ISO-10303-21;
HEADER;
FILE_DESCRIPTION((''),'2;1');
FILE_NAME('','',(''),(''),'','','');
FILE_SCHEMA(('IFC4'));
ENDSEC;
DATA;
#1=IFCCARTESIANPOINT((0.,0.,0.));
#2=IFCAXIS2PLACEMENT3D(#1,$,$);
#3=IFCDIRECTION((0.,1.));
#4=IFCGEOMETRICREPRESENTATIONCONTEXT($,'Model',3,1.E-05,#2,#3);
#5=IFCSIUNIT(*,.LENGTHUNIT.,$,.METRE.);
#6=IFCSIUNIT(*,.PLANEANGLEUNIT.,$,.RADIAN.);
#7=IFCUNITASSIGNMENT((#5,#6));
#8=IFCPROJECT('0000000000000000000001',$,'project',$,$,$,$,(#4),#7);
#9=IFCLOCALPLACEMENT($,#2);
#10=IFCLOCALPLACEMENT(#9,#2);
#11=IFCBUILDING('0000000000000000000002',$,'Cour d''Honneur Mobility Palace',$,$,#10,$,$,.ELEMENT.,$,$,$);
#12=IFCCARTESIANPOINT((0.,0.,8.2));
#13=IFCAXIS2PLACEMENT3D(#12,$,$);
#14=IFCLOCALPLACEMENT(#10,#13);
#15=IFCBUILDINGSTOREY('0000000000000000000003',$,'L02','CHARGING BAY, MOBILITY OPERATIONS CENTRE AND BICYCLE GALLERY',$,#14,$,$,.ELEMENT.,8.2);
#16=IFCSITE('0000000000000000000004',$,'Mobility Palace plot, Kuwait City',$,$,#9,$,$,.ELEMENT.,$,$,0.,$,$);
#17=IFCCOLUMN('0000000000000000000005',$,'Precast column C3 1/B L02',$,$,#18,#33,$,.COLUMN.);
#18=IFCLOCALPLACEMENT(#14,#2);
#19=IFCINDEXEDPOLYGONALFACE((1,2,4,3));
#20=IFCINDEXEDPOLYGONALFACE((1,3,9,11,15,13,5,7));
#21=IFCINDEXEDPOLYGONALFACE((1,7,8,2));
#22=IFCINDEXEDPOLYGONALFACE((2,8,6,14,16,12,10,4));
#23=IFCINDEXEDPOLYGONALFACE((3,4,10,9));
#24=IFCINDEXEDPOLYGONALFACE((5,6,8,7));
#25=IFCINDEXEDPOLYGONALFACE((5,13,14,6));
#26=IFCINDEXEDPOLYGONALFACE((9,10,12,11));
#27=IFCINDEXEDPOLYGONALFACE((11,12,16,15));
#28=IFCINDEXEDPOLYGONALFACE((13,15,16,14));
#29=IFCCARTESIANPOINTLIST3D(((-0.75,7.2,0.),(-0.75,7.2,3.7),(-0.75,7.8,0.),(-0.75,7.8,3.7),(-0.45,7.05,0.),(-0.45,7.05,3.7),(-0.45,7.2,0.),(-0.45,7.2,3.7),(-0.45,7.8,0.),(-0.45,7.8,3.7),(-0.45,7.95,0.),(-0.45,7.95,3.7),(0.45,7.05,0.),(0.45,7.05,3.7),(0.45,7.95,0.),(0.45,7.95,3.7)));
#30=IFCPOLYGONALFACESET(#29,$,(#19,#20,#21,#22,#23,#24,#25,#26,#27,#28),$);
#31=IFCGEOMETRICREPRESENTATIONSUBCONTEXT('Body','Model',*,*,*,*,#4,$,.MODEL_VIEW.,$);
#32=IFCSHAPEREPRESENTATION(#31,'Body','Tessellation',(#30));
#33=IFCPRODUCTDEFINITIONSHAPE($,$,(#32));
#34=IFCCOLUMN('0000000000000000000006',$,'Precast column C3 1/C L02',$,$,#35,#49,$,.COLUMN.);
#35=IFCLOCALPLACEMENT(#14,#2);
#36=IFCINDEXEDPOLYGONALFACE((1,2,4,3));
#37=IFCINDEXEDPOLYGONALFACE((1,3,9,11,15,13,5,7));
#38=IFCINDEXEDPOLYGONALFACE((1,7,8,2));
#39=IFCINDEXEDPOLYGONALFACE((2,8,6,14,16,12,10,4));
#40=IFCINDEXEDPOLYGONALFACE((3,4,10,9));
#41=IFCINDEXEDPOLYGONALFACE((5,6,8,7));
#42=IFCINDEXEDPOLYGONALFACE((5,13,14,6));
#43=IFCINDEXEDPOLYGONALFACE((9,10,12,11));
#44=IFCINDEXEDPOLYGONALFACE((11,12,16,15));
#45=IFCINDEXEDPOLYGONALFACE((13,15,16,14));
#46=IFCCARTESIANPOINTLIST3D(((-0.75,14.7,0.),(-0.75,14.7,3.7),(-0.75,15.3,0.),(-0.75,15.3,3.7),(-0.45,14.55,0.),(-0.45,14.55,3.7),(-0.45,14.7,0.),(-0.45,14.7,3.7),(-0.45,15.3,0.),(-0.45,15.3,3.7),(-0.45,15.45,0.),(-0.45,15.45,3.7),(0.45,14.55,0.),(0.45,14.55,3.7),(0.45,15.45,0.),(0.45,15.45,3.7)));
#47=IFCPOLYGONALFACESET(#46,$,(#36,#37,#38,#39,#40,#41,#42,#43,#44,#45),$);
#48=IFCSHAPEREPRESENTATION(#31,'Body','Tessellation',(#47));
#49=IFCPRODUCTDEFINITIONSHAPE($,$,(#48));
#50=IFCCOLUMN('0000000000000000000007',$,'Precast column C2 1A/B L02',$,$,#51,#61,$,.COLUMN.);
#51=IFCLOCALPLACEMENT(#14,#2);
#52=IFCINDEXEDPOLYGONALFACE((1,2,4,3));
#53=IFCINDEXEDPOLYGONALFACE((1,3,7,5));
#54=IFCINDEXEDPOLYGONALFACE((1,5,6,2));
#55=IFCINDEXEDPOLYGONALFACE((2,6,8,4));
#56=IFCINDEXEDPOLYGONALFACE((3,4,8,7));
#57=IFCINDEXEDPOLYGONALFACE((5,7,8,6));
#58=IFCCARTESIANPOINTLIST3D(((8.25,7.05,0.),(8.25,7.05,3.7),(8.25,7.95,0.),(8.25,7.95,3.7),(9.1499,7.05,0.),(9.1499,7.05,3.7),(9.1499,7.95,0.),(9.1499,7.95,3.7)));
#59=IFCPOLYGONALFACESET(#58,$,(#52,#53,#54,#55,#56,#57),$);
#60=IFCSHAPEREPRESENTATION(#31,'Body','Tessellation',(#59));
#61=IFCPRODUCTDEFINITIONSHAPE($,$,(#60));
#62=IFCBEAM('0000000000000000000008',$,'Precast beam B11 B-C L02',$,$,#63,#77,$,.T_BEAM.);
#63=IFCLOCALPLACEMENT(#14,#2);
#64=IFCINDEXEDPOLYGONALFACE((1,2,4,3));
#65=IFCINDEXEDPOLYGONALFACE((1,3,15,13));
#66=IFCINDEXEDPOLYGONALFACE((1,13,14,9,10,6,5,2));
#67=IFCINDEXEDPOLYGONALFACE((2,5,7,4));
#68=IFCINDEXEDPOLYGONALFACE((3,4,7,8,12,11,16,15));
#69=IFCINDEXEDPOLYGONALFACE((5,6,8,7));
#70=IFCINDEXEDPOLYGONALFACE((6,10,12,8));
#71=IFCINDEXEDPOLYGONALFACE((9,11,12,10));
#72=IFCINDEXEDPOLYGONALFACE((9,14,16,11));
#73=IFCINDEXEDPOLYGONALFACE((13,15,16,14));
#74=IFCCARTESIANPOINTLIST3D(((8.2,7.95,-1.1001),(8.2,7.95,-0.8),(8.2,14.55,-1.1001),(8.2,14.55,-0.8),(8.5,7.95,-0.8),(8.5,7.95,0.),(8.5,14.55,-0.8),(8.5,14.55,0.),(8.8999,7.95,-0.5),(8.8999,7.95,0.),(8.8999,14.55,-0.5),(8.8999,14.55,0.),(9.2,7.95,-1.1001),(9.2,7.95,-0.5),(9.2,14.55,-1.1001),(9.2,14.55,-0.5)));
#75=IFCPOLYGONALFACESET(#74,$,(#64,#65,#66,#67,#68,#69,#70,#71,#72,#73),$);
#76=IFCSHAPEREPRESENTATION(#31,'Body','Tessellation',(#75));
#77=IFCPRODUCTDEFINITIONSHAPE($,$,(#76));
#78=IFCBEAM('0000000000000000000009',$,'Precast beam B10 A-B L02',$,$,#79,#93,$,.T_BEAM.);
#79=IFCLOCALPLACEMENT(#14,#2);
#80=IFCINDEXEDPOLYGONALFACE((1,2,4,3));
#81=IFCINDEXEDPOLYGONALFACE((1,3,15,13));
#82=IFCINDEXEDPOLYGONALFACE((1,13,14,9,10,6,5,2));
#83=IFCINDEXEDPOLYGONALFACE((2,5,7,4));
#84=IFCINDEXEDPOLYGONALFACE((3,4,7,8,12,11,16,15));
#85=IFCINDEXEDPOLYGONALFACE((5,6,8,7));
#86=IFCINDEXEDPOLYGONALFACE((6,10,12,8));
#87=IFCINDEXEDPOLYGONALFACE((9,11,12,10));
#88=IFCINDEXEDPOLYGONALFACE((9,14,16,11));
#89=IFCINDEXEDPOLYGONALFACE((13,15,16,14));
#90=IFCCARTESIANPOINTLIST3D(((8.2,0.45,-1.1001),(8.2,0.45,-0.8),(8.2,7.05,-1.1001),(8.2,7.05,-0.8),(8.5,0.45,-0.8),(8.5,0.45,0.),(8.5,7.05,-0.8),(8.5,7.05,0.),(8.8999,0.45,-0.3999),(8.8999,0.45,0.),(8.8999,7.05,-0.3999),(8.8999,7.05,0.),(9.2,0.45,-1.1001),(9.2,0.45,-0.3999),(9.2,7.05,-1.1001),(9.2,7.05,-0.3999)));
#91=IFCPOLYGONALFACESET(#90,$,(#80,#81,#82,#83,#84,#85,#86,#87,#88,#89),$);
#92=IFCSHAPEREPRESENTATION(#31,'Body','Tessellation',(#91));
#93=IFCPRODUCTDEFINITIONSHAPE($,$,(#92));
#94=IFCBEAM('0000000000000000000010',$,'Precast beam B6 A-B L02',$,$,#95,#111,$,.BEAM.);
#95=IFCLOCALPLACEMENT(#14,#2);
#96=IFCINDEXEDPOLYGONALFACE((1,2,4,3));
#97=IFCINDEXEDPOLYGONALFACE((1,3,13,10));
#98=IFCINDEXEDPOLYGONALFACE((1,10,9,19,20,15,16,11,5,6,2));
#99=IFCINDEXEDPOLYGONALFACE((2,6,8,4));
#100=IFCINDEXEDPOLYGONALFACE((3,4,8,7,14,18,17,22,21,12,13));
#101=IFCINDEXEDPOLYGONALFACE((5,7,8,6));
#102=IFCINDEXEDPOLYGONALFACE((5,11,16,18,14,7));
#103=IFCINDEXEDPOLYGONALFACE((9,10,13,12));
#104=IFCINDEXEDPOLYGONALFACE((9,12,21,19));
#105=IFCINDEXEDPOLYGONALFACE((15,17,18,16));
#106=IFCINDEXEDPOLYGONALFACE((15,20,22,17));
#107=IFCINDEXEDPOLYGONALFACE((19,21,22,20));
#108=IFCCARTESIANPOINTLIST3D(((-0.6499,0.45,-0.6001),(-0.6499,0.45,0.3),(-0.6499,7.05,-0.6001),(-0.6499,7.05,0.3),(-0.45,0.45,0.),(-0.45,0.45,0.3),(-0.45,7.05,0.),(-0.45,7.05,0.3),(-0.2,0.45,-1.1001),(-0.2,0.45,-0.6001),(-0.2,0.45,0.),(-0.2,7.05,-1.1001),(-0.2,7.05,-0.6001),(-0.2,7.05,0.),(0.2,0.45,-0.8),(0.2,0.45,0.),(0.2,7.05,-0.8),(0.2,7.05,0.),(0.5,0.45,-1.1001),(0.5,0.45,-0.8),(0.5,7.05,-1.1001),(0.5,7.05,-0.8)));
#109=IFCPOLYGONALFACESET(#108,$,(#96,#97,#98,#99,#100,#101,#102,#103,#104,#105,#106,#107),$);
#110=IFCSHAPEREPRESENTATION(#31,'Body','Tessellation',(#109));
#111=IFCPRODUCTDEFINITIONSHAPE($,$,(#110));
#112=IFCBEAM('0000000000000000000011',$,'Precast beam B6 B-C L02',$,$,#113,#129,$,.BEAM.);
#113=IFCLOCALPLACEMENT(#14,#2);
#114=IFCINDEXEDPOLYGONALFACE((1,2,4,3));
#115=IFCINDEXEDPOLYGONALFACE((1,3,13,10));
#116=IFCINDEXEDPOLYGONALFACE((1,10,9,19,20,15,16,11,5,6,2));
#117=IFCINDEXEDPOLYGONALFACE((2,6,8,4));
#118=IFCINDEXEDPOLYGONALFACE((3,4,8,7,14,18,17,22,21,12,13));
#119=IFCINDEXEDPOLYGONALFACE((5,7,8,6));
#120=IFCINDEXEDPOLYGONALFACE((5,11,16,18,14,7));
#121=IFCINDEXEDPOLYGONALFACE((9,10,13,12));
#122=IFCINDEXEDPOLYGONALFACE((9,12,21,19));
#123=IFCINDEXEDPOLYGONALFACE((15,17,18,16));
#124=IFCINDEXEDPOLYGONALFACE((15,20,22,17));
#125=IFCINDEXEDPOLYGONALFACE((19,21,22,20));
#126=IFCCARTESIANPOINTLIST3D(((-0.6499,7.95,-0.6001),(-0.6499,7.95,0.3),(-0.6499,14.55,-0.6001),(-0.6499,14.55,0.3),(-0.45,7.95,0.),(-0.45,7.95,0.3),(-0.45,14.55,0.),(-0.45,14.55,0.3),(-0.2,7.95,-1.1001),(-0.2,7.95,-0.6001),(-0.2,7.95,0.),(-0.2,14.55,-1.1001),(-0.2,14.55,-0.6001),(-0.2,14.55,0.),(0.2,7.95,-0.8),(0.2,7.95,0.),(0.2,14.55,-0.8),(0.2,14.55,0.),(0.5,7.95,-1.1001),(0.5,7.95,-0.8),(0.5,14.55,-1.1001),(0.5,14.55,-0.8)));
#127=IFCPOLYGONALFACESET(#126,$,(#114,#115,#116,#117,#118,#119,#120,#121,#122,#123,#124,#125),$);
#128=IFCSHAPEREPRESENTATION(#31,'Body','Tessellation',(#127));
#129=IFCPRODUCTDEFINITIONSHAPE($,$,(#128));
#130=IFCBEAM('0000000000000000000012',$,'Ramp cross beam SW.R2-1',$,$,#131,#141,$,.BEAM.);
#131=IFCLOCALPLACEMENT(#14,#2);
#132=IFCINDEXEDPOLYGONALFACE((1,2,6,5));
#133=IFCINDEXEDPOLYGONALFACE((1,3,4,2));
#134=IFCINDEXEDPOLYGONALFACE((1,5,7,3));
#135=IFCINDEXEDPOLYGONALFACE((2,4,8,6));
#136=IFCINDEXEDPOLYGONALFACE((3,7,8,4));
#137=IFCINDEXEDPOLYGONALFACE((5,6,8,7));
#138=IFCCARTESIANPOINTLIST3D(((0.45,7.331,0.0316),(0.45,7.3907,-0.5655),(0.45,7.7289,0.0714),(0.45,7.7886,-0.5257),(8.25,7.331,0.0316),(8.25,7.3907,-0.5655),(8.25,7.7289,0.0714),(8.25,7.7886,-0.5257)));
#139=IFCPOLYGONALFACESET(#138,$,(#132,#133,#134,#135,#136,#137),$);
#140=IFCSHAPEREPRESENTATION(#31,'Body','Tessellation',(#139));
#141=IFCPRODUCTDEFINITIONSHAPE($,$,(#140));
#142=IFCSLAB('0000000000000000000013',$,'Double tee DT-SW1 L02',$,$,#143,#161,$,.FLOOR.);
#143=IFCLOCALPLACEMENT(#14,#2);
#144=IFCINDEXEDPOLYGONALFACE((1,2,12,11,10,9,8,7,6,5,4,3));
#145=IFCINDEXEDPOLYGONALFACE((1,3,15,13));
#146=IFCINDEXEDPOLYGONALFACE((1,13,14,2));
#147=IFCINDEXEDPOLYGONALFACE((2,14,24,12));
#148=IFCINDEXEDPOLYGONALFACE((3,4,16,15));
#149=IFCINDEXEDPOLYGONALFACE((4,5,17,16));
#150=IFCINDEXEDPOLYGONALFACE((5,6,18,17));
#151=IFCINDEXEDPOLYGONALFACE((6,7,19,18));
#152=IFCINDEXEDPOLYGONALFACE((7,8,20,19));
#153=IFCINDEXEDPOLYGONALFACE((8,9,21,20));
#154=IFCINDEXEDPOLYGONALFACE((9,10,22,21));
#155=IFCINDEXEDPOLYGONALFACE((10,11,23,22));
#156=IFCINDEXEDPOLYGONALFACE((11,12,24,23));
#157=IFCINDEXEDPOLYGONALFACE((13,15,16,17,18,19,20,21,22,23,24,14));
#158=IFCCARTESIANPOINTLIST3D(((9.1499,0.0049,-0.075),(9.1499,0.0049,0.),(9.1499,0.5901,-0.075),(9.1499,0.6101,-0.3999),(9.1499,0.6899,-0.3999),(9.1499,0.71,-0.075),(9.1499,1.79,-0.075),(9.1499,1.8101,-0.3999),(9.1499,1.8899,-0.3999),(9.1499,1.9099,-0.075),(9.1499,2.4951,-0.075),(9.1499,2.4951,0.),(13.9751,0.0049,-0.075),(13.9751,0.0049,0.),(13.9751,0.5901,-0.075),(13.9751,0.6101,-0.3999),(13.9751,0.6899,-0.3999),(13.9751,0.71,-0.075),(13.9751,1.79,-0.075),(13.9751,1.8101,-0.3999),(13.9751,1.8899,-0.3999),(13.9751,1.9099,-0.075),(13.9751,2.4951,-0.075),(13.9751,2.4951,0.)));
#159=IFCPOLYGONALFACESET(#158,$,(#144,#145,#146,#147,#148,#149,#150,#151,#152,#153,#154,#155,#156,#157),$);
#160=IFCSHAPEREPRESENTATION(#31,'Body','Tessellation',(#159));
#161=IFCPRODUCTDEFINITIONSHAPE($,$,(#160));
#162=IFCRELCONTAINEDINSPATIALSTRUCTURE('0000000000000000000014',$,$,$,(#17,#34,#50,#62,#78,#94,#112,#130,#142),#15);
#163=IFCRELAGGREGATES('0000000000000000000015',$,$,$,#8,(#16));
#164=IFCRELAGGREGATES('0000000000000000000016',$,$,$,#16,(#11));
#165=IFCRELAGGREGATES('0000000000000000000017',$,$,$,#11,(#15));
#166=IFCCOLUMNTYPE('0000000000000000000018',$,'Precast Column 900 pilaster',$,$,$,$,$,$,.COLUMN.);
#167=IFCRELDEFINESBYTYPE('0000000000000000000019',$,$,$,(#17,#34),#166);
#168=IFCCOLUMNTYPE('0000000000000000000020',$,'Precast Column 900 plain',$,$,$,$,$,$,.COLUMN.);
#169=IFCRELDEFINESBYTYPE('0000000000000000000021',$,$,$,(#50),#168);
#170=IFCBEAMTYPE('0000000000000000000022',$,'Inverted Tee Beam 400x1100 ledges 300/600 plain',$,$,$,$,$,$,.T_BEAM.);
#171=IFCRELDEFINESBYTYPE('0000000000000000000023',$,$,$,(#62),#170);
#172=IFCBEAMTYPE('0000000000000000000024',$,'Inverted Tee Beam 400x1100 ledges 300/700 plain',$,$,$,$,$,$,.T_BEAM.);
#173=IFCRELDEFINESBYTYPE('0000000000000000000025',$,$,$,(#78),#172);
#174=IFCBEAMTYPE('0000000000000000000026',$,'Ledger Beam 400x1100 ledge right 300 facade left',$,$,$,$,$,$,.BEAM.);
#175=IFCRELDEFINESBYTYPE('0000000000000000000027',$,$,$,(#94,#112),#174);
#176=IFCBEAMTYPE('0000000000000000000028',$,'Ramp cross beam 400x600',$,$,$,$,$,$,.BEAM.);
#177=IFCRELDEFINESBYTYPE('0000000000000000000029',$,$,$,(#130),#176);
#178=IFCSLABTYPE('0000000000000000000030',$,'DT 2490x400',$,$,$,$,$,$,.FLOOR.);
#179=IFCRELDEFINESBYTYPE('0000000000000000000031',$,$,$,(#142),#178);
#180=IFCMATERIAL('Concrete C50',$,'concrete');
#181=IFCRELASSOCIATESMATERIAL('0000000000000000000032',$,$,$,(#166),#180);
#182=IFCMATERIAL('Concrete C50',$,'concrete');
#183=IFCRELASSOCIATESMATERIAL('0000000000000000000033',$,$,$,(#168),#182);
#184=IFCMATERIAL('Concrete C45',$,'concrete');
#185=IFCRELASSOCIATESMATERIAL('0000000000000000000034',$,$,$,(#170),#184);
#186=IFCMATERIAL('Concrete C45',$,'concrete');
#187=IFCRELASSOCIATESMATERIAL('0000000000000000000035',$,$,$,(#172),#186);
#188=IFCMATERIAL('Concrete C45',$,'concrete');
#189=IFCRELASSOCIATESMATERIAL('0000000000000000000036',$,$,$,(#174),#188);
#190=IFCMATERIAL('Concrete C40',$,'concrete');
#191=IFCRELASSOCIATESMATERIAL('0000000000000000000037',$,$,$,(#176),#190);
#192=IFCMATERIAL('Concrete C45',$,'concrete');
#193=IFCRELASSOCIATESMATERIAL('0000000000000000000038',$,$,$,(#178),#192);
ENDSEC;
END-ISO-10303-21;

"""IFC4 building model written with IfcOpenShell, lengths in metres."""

from ifc_helpers import new_model, si_unit, direction, frame, origin, origin_2d, place, context, subcontext, project, spatial, polyline, rectangle, outline, extrude, material, material_profile, profile_set, type_object, element, save


model = new_model("IFC4")

# Units and contexts
model_context = context("Model", 3, precision=1e-05, world=origin(), true_north=direction((0.0, 1.0)))
body_context = subcontext(model_context, "Body", "Model", "MODEL_VIEW")
ifc_project = project(units=[si_unit("LENGTHUNIT", "METRE"), si_unit("PLANEANGLEUNIT", "RADIAN")], contexts=[model_context])

# Site, building, storey
site_placement = place(None, origin())
site = spatial("IfcSite", under=ifc_project, at=site_placement, Name="Mobility Palace plot, Kuwait City", CompositionType="ELEMENT", RefElevation=0.0)
building_placement = place(site_placement, origin())
building = spatial("IfcBuilding", under=site, at=building_placement, Name="Cour d'Honneur Mobility Palace", CompositionType="ELEMENT")
storey_placement = place(building_placement, frame((0.0, 0.0, 8.2)))
storey = spatial("IfcBuildingStorey", under=building, at=storey_placement, Name="L02", Description="CHARGING BAY, MOBILITY OPERATIONS CENTRE AND BICYCLE GALLERY", CompositionType="ELEMENT", Elevation=8.2)

# Columns
ifc_material_1 = material(Name="Concrete C50", Category="concrete")
ifc_material_profile_1 = material_profile(ifc_material_1, outline(polyline([(-0.45, -0.45), (0.45, -0.45), (0.45, -0.3), (0.75, -0.3), (0.75, 0.3), (0.45, 0.3), (0.45, 0.45), (-0.45, 0.45), (-0.45, -0.45)])), Name="PC C900 pilaster")
ifc_profile_set_1 = profile_set([ifc_material_profile_1], Name="Concrete C50")
column_type_1 = type_object("IfcColumnType", Name="Precast Column 900 pilaster", PredefinedType="COLUMN", material=ifc_profile_set_1)
for number, where, z_axis, x_axis, name in (
    (1, (0.0, 7.5, 0.0), (0.0, 0.0, 1.0), (-1.0, 0.0, 0.0), "Precast column C3 1/B L02"),
    (2, (0.0, 15.0, 0.0), (0.0, 0.0, 1.0), (-1.0, 0.0, 0.0), "Precast column C3 1/C L02"),
):
    element("IfcColumn", number, at=place(storey_placement, frame(where, z_axis=z_axis, x_axis=x_axis)), inside=storey, type_object=column_type_1, Name=name, PredefinedType="COLUMN", context=body_context, shape_type="SweptSolid", body=[
        extrude(outline(polyline([(-0.45, -0.45), (0.45, -0.45), (0.45, -0.3), (0.75, -0.3), (0.75, 0.3), (0.45, 0.3), (0.45, 0.45), (-0.45, 0.45), (-0.45, -0.45)])), origin(), (0.0, 0.0, 1.0), 3.7),
    ])
ifc_material_2 = material(Name="Concrete C50", Category="concrete")
ifc_material_profile_2 = material_profile(ifc_material_2, outline(polyline([(-0.45, -0.45), (0.45, -0.45), (0.45, 0.45), (-0.45, 0.45), (-0.45, -0.45)])), Name="PC C900 plain")
ifc_profile_set_2 = profile_set([ifc_material_profile_2], Name="Concrete C50")
column_type_2 = type_object("IfcColumnType", Name="Precast Column 900 plain", PredefinedType="COLUMN", material=ifc_profile_set_2)
column_placement = place(storey_placement, frame((8.7, 7.5, 0.0), z_axis=(0.0, 0.0, 1.0), x_axis=(1.0, 0.0, 0.0)))
element("IfcColumn", 3, at=column_placement, inside=storey, type_object=column_type_2, Name="Precast column C2 1A/B L02", PredefinedType="COLUMN", context=body_context, shape_type="SweptSolid", body=[
    extrude(outline(polyline([(-0.45, -0.45), (0.45, -0.45), (0.45, 0.45), (-0.45, 0.45), (-0.45, -0.45)])), origin(), (0.0, 0.0, 1.0), 3.7),
])

# Beams
ifc_material_3 = material(Name="Concrete C45", Category="concrete")
ifc_material_profile_3 = material_profile(ifc_material_3, outline(polyline([(0.5, -1.1001), (0.5, -0.8), (0.2, -0.8), (0.2, 0.0), (-0.2, 0.0), (-0.2, -0.5), (-0.5, -0.5), (-0.5, -1.1001), (0.5, -1.1001)])), Name="Inverted Tee Beam 400x1100 ledges 300/600 plain")
ifc_profile_set_3 = profile_set([ifc_material_profile_3], Name="Concrete C45")
beam_type_1 = type_object("IfcBeamType", Name="Inverted Tee Beam 400x1100 ledges 300/600 plain", PredefinedType="T_BEAM", material=ifc_profile_set_3)
beam_1_placement = place(storey_placement, frame((8.7, 7.95, 0.0), z_axis=(0.0, 1.0, 0.0), x_axis=(-1.0, 0.0, 0.0)))
element("IfcBeam", 4, at=beam_1_placement, inside=storey, type_object=beam_type_1, Name="Precast beam B11 B-C L02", PredefinedType="T_BEAM", context=body_context, shape_type="SweptSolid", body=[
    extrude(outline(polyline([(0.5, -1.1001), (0.5, -0.8), (0.2, -0.8), (0.2, 0.0), (-0.2, 0.0), (-0.2, -0.5), (-0.5, -0.5), (-0.5, -1.1001), (0.5, -1.1001)])), origin(), (0.0, 0.0, 1.0), 6.6001),
])
ifc_material_4 = material(Name="Concrete C45", Category="concrete")
ifc_material_profile_4 = material_profile(ifc_material_4, outline(polyline([(0.5, -1.1001), (0.5, -0.8), (0.2, -0.8), (0.2, 0.0), (-0.2, 0.0), (-0.2, -0.3999), (-0.5, -0.3999), (-0.5, -1.1001), (0.5, -1.1001)])), Name="Inverted Tee Beam 400x1100 ledges 300/700 plain")
ifc_profile_set_4 = profile_set([ifc_material_profile_4], Name="Concrete C45")
beam_type_2 = type_object("IfcBeamType", Name="Inverted Tee Beam 400x1100 ledges 300/700 plain", PredefinedType="T_BEAM", material=ifc_profile_set_4)
beam_2_placement = place(storey_placement, frame((8.7, 0.45, 0.0), z_axis=(0.0, 1.0, 0.0), x_axis=(-1.0, 0.0, 0.0)))
element("IfcBeam", 5, at=beam_2_placement, inside=storey, type_object=beam_type_2, Name="Precast beam B10 A-B L02", PredefinedType="T_BEAM", context=body_context, shape_type="SweptSolid", body=[
    extrude(outline(polyline([(0.5, -1.1001), (0.5, -0.8), (0.2, -0.8), (0.2, 0.0), (-0.2, 0.0), (-0.2, -0.3999), (-0.5, -0.3999), (-0.5, -1.1001), (0.5, -1.1001)])), origin(), (0.0, 0.0, 1.0), 6.6001),
])
ifc_material_5 = material(Name="Concrete C45", Category="concrete")
ifc_material_profile_5 = material_profile(ifc_material_5, outline(polyline([(0.2, -1.1001), (0.2, -0.6001), (0.6499, -0.6001), (0.6499, 0.3), (0.45, 0.3), (0.45, 0.0), (0.2, 0.0), (-0.2, 0.0), (-0.2, -0.8), (-0.5, -0.8), (-0.5, -1.1001), (0.2, -1.1001)])), Name="Ledger Beam 400x1100 ledge right 300 facade left")
ifc_profile_set_5 = profile_set([ifc_material_profile_5], Name="Concrete C45")
beam_type_3 = type_object("IfcBeamType", Name="Ledger Beam 400x1100 ledge right 300 facade left", PredefinedType="BEAM", material=ifc_profile_set_5)
for number, where, z_axis, x_axis, name in (
    (6, (0.0, 0.45, 0.0), (0.0, 1.0, 0.0), (-1.0, 0.0, 0.0), "Precast beam B6 A-B L02"),
    (7, (0.0, 7.95, 0.0), (0.0, 1.0, 0.0), (-1.0, 0.0, 0.0), "Precast beam B6 B-C L02"),
):
    element("IfcBeam", number, at=place(storey_placement, frame(where, z_axis=z_axis, x_axis=x_axis)), inside=storey, type_object=beam_type_3, Name=name, PredefinedType="BEAM", context=body_context, shape_type="SweptSolid", body=[
        extrude(outline(polyline([(0.2, -1.1001), (0.2, -0.6001), (0.6499, -0.6001), (0.6499, 0.3), (0.45, 0.3), (0.45, 0.0), (0.2, 0.0), (-0.2, 0.0), (-0.2, -0.8), (-0.5, -0.8), (-0.5, -1.1001), (0.2, -1.1001)])), origin(), (0.0, 0.0, 1.0), 6.6001),
    ])
ifc_material_6 = material(Name="Concrete C40", Category="concrete")
ifc_material_profile_6 = material_profile(ifc_material_6, rectangle(XDim=0.3999, YDim=0.6001, at=origin_2d()), Name="Ramp cross beam 400x600")
ifc_profile_set_6 = profile_set([ifc_material_profile_6], Name="Concrete C40")
beam_type_4 = type_object("IfcBeamType", Name="Ramp cross beam 400x600", PredefinedType="BEAM", material=ifc_profile_set_6)
beam_3_placement = place(storey_placement, frame((0.45, 7.5598, -0.2471), z_axis=(1.0, 0.0, 0.0), x_axis=(0.0, 0.995037, 0.099504)))
element("IfcBeam", 8, at=beam_3_placement, inside=storey, type_object=beam_type_4, Name="Ramp cross beam SW.R2-1", PredefinedType="BEAM", context=body_context, shape_type="SweptSolid", body=[
    extrude(rectangle(XDim=0.3999, YDim=0.6001, at=origin_2d()), origin(), (0.0, 0.0, 1.0), 7.8),
])

# Slab
ifc_material_7 = material(Name="Concrete C45", Category="concrete")
ifc_material_profile_7 = material_profile(ifc_material_7, outline(polyline([(-1.2451, 0.0), (1.2451, 0.0), (1.2451, -0.075), (0.6599, -0.075), (0.6399, -0.3999), (0.5601, -0.3999), (0.54, -0.075), (-0.54, -0.075), (-0.5601, -0.3999), (-0.6399, -0.3999), (-0.6599, -0.075), (-1.2451, -0.075), (-1.2451, 0.0)])), Name="DT 2490x400")
ifc_profile_set_7 = profile_set([ifc_material_profile_7], Name="Concrete C45")
slab_type_1 = type_object("IfcSlabType", Name="DT 2490x400", PredefinedType="FLOOR", material=ifc_profile_set_7)
slab_1_placement = place(storey_placement, frame((9.1499, 1.25, 0.0), z_axis=(1.0, 0.0, 0.0), x_axis=(0.0, 1.0, 0.0)))
element("IfcSlab", 9, at=slab_1_placement, inside=storey, type_object=slab_type_1, Name="Double tee DT-SW1 L02", PredefinedType="FLOOR", context=body_context, shape_type="SweptSolid", body=[
    extrude(outline(polyline([(-1.2451, 0.0), (1.2451, 0.0), (1.2451, -0.075), (0.6599, -0.075), (0.6399, -0.3999), (0.5601, -0.3999), (0.54, -0.075), (-0.54, -0.075), (-0.5601, -0.3999), (-0.6399, -0.3999), (-0.6599, -0.075), (-1.2451, -0.075), (-1.2451, 0.0)])), origin(), (0.0, 0.0, 1.0), 4.8252),
])

save(model, "model.ifc")
